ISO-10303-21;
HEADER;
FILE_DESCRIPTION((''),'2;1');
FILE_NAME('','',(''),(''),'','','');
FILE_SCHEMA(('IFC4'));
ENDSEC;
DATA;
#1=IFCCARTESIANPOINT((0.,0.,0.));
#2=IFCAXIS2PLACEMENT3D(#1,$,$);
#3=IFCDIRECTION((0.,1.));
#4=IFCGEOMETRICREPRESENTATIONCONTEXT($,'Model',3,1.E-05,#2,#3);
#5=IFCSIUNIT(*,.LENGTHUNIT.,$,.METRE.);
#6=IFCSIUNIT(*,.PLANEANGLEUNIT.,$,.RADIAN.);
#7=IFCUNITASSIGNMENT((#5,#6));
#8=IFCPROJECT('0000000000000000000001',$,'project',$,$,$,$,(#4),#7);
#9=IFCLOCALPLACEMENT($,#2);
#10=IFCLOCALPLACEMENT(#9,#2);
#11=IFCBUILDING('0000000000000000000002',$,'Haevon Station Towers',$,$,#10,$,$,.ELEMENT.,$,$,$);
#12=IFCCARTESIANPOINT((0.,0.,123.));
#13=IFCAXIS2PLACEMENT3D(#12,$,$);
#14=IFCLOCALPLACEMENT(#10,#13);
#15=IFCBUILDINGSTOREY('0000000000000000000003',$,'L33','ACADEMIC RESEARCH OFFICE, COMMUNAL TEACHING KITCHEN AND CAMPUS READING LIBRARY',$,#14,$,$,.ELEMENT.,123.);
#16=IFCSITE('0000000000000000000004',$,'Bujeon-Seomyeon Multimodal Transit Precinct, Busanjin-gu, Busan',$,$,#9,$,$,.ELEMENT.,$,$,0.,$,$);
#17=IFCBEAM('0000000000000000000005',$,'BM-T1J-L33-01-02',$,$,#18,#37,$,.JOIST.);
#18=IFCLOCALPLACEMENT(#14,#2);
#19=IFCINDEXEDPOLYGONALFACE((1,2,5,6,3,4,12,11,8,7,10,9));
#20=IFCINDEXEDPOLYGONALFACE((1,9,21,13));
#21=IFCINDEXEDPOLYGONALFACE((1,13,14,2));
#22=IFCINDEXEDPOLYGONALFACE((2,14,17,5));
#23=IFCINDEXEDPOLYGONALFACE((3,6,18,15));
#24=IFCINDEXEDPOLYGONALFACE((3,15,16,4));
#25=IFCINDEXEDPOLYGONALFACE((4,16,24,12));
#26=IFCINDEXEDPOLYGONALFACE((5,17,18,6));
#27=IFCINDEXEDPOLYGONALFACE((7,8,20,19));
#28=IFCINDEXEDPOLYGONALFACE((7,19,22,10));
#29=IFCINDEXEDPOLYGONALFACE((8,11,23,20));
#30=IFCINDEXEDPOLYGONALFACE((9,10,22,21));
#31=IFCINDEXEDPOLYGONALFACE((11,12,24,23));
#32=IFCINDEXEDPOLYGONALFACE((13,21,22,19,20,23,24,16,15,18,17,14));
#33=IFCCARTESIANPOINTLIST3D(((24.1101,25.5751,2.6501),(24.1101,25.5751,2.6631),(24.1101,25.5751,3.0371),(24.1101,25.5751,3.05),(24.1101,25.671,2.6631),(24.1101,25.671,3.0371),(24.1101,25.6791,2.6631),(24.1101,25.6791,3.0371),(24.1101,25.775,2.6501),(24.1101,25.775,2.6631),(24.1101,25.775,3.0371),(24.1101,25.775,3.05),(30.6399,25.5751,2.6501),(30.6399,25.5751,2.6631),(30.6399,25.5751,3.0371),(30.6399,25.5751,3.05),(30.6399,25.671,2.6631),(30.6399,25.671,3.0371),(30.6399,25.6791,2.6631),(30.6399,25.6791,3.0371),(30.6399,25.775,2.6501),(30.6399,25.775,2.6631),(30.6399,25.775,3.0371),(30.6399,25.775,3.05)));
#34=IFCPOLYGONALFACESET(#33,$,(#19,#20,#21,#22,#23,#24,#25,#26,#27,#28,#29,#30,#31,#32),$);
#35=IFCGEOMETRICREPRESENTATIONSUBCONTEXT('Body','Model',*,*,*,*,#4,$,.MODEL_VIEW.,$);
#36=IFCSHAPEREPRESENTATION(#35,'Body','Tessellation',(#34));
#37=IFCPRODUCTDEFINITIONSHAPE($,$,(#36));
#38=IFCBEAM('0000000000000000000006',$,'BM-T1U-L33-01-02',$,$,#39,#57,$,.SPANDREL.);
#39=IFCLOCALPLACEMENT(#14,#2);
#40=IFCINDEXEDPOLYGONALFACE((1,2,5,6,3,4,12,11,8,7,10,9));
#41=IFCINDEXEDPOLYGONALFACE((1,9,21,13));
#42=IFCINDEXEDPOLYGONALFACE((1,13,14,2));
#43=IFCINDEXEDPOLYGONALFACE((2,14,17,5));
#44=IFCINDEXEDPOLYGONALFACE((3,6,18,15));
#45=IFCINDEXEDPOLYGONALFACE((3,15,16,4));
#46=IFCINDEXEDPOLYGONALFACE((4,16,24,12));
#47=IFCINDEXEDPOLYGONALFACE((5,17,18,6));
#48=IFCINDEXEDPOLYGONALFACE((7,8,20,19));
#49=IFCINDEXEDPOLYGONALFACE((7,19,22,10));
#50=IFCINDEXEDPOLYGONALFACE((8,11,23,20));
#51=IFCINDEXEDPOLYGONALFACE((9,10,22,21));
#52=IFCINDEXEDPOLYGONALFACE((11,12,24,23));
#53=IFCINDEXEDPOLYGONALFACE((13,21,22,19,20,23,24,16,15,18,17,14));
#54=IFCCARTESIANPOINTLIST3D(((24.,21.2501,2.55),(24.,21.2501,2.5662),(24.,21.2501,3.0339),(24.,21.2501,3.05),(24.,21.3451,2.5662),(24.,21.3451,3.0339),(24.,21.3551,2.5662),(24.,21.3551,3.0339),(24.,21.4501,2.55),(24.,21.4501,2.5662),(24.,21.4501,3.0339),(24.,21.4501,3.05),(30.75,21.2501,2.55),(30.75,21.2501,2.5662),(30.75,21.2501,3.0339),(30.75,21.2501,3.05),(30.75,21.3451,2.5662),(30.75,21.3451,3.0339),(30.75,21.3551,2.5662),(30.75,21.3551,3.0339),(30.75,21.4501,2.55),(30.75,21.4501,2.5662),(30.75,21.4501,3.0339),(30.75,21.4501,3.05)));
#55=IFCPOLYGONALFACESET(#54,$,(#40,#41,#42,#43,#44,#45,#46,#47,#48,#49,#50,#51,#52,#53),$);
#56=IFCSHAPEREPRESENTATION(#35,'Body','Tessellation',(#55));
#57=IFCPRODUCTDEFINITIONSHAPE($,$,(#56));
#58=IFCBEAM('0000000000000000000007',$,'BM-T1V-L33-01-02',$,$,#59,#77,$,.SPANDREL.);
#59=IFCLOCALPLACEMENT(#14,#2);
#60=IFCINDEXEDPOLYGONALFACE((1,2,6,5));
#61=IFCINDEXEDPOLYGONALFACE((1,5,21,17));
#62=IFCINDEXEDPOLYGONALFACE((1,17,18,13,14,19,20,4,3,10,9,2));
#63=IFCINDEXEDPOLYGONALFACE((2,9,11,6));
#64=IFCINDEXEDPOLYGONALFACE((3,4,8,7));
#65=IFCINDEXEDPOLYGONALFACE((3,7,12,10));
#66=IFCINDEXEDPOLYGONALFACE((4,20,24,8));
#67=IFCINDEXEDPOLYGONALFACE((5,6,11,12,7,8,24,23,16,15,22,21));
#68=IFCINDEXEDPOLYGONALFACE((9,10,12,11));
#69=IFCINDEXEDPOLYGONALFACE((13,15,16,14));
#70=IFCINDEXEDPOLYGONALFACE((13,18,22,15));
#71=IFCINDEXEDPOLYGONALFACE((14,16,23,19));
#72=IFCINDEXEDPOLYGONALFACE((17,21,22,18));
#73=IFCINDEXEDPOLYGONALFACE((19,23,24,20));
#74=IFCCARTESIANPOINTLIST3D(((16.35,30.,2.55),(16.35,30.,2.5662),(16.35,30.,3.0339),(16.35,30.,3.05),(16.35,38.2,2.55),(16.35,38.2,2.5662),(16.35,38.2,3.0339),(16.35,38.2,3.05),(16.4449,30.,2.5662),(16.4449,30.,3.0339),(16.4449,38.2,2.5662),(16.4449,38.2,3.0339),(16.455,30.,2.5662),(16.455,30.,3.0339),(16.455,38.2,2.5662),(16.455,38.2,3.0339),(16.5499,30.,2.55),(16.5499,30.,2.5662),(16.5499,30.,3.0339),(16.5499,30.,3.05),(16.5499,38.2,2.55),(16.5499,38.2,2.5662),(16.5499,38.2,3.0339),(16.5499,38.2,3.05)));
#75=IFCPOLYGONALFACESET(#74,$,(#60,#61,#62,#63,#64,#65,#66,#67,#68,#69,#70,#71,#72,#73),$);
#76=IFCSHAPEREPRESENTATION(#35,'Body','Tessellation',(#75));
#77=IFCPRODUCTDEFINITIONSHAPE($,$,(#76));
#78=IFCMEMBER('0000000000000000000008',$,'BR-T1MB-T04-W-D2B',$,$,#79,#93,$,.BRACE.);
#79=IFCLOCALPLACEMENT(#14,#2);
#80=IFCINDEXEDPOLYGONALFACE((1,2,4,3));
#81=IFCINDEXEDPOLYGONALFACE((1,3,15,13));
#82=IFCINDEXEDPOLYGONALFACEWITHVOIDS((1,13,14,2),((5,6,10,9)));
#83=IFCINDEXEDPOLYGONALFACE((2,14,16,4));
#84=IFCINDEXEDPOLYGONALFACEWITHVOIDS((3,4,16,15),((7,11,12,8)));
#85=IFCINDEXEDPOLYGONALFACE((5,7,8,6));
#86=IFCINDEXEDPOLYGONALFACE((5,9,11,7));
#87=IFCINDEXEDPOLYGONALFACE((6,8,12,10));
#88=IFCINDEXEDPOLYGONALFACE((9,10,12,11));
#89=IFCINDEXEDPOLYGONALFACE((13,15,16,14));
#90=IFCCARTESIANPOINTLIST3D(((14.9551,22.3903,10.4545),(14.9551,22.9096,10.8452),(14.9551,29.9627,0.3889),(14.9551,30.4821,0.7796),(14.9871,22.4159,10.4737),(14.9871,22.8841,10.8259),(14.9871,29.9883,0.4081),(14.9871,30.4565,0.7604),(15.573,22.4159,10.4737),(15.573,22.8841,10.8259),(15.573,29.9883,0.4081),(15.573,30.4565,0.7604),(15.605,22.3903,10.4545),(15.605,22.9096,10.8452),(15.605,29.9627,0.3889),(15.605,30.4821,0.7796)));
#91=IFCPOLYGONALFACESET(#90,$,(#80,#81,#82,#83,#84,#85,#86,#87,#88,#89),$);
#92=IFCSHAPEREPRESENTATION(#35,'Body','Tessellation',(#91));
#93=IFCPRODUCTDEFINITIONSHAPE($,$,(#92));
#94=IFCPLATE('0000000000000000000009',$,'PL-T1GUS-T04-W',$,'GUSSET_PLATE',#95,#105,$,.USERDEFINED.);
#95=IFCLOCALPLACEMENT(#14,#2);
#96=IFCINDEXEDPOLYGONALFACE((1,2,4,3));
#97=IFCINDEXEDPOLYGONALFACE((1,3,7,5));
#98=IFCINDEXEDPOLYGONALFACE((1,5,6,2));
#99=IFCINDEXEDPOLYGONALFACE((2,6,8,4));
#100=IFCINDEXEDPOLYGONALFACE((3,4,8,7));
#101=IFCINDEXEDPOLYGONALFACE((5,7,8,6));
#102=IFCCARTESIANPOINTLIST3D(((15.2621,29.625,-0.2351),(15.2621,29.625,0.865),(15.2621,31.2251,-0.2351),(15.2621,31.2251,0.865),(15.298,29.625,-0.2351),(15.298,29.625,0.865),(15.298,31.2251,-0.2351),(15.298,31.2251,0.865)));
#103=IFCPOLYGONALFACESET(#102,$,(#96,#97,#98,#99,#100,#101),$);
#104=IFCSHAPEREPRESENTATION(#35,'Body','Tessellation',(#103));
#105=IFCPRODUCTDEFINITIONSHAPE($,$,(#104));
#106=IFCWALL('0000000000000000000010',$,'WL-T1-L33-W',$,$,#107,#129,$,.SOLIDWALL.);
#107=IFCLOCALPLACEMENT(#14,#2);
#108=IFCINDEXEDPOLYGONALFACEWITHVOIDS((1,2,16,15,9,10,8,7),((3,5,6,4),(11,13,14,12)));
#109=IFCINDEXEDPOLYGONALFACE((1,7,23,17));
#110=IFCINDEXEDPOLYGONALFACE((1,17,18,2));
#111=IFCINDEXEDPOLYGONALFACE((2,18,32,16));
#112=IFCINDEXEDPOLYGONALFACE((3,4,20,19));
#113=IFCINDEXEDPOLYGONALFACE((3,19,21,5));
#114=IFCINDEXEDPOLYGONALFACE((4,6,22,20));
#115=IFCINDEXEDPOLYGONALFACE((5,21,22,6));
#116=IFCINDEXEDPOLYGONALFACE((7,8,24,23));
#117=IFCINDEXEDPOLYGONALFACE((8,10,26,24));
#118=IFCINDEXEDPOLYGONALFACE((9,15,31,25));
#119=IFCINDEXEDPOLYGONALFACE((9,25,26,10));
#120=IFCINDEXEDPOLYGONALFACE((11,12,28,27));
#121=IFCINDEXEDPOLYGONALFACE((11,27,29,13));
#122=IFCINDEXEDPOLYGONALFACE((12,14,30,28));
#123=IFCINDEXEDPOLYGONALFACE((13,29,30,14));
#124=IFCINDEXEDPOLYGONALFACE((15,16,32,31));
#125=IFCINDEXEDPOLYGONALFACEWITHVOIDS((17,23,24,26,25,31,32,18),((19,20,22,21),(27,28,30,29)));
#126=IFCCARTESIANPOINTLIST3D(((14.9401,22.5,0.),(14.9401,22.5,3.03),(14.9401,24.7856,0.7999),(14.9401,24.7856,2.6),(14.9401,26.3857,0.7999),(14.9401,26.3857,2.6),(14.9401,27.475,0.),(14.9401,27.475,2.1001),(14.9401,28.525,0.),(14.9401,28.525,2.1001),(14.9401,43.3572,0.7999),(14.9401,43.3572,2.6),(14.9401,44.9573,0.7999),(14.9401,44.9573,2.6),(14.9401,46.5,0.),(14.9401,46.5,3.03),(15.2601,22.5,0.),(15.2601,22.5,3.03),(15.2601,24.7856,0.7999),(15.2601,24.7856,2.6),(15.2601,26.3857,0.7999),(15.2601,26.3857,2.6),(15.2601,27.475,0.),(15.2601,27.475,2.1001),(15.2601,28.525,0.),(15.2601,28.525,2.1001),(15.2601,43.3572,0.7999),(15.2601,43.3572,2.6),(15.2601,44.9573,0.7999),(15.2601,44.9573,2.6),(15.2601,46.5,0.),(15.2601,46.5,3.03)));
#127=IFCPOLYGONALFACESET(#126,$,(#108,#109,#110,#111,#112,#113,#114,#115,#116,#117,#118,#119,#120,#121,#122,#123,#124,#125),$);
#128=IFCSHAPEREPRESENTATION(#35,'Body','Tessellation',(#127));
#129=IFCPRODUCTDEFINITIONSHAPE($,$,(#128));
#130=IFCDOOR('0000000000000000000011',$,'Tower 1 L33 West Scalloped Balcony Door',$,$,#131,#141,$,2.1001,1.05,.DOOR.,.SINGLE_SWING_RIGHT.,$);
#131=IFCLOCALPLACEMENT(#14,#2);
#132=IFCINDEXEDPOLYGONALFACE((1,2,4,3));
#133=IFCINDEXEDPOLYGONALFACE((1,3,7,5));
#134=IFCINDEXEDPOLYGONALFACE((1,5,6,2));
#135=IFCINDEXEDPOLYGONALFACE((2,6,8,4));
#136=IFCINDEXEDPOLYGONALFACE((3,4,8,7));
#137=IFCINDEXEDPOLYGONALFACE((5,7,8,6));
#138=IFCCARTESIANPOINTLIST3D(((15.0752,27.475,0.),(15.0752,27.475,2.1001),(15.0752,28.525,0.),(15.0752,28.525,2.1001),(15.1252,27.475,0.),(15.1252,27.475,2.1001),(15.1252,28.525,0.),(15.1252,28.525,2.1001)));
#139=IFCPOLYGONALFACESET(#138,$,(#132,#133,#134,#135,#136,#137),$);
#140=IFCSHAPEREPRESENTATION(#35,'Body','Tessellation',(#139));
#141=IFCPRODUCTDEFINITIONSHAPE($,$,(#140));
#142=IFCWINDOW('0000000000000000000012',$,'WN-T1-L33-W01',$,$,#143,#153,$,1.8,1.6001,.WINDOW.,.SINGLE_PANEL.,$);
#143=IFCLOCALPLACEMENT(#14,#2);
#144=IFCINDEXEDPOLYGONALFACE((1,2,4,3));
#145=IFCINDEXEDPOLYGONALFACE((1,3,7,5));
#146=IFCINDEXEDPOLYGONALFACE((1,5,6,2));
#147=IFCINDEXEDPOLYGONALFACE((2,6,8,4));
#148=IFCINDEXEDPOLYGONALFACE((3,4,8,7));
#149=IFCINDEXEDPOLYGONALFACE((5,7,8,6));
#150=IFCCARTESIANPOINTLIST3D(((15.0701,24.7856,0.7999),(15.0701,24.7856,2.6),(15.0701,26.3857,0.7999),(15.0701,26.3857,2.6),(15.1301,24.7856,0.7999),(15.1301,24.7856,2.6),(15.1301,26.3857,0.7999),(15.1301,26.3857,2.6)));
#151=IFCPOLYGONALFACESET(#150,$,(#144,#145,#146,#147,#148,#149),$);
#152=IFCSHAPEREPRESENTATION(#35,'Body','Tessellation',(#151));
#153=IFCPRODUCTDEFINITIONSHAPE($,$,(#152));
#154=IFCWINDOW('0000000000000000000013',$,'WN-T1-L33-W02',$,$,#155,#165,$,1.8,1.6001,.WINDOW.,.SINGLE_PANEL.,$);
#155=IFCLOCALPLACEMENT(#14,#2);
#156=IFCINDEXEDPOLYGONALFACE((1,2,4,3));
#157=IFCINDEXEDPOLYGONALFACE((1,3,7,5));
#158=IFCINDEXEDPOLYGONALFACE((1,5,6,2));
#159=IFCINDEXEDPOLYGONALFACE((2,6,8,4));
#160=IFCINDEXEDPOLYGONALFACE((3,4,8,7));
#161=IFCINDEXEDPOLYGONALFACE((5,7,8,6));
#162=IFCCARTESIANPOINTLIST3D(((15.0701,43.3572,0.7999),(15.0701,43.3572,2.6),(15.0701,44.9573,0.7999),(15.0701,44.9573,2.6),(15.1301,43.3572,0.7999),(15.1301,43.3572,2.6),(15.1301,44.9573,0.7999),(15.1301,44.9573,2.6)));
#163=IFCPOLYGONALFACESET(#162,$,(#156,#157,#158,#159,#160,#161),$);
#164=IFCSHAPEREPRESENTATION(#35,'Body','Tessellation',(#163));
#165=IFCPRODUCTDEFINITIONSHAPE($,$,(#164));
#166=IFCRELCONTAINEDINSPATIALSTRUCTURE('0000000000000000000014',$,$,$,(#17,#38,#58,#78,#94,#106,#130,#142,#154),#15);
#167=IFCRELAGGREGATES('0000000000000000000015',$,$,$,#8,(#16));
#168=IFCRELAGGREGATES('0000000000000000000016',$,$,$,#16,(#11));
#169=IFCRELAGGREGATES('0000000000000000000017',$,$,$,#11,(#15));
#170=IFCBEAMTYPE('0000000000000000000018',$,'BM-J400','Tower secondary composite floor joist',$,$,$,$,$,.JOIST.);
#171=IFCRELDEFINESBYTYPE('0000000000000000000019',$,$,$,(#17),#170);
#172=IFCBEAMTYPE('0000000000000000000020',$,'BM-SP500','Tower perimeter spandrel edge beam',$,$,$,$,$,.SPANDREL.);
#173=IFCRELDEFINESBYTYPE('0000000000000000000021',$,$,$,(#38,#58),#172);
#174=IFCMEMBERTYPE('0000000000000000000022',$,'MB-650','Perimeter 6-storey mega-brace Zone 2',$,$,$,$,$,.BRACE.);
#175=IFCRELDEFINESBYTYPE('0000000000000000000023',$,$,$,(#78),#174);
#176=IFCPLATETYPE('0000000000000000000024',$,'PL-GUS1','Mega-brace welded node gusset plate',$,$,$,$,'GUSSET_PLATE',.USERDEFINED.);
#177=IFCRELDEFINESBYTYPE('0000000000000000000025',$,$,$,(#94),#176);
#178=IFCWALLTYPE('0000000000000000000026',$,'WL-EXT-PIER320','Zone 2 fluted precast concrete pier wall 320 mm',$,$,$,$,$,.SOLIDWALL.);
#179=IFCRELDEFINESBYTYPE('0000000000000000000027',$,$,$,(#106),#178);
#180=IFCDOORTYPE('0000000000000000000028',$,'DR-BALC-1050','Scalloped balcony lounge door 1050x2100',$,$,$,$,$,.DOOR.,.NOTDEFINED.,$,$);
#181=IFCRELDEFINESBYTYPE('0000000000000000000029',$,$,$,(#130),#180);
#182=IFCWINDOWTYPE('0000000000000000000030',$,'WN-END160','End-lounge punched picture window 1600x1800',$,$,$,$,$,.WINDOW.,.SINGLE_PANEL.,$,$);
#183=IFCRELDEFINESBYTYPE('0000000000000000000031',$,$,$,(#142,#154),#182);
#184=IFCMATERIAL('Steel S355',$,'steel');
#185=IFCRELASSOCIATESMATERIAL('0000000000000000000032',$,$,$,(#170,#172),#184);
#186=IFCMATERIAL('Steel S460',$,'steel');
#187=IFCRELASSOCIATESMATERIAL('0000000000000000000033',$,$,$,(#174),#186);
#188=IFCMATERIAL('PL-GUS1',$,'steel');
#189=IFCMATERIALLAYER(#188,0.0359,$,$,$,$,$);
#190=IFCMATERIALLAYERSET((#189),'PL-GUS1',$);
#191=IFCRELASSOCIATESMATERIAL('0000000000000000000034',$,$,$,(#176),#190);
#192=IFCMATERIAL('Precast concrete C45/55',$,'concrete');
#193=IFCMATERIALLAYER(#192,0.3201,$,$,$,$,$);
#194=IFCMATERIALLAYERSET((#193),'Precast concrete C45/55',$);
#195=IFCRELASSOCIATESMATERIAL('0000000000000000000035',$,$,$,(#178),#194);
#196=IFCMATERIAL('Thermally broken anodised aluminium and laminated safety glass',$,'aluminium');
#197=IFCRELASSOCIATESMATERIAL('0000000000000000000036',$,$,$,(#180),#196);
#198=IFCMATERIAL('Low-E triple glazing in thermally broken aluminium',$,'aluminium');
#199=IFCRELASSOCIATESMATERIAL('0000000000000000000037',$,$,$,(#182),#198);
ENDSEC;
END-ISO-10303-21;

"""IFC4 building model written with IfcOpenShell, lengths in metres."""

from ifc_helpers import new_model, si_unit, direction, frame, frame_2d, origin, origin_2d, place, context, subcontext, project, spatial, rectangle, hollow_rectangle, i_section, extrude, material, layer, layer_set, material_profile, profile_set, type_object, element, fill, save


model = new_model("IFC4")

# Units and contexts
model_context = context("Model", 3, precision=1e-05, world=origin(), true_north=direction((0.0, 1.0)))
body_context = subcontext(model_context, "Body", "Model", "MODEL_VIEW")
ifc_project = project(units=[si_unit("LENGTHUNIT", "METRE"), si_unit("PLANEANGLEUNIT", "RADIAN")], contexts=[model_context])

# Site, building, storey
site_placement = place(None, origin())
site = spatial("IfcSite", under=ifc_project, at=site_placement, Name="Bujeon-Seomyeon Multimodal Transit Precinct, Busanjin-gu, Busan", CompositionType="ELEMENT", RefElevation=0.0)
building_placement = place(site_placement, origin())
building = spatial("IfcBuilding", under=site, at=building_placement, Name="Haevon Station Towers", CompositionType="ELEMENT")
storey_placement = place(building_placement, frame((0.0, 0.0, 123.0)))
storey = spatial("IfcBuildingStorey", under=building, at=storey_placement, Name="L33", Description="ACADEMIC RESEARCH OFFICE, COMMUNAL TEACHING KITCHEN AND CAMPUS READING LIBRARY", CompositionType="ELEMENT", Elevation=123.0)

# Shared definitions
ifc_material_1 = material(Name="Steel S460", Category="steel")

# Beams
ifc_material_2 = material(Name="Steel S355", Category="steel")
ifc_material_profile_1 = material_profile(ifc_material_2, i_section(OverallWidth=0.2, OverallDepth=0.3999, WebThickness=0.0081, FlangeThickness=0.0129, at=origin_2d()), Name="H-400x200x8x13")
ifc_profile_set_1 = profile_set([ifc_material_profile_1], Name="Steel S355")
beam_type_1 = type_object("IfcBeamType", Name="BM-J400", Description="Tower secondary composite floor joist", PredefinedType="JOIST", material=ifc_profile_set_1)
beam_1_placement = place(storey_placement, frame((24.1101, 25.675, 2.8501), z_axis=(1.0, 0.0, 0.0), x_axis=(0.0, 1.0, 0.0)))
element("IfcBeam", 1, at=beam_1_placement, inside=storey, type_object=beam_type_1, Name="BM-T1J-L33-01-02", PredefinedType="JOIST", context=body_context, shape_type="SweptSolid", body=[
    extrude(i_section(OverallWidth=0.2, OverallDepth=0.3999, WebThickness=0.0081, FlangeThickness=0.0129, at=origin_2d()), origin(), (0.0, 0.0, 1.0), 6.5298),
])
ifc_material_profile_2 = material_profile(ifc_material_2, i_section(OverallWidth=0.2, OverallDepth=0.5, WebThickness=0.01, FlangeThickness=0.0161, at=origin_2d()), Name="H-500x200x10x16")
ifc_profile_set_2 = profile_set([ifc_material_profile_2], Name="Steel S355")
beam_type_2 = type_object("IfcBeamType", Name="BM-SP500", Description="Tower perimeter spandrel edge beam", PredefinedType="SPANDREL", material=ifc_profile_set_2)
beam_2_placement = place(storey_placement, frame((24.0, 21.3501, 2.8), z_axis=(1.0, 0.0, 0.0), x_axis=(0.0, 1.0, 0.0)))
element("IfcBeam", 2, at=beam_2_placement, inside=storey, type_object=beam_type_2, Name="BM-T1U-L33-01-02", PredefinedType="SPANDREL", context=body_context, shape_type="SweptSolid", body=[
    extrude(i_section(OverallWidth=0.2, OverallDepth=0.5, WebThickness=0.01, FlangeThickness=0.0161, at=origin_2d()), origin(), (0.0, 0.0, 1.0), 6.75),
])
beam_3_placement = place(storey_placement, frame((16.45, 30.0, 2.8), z_axis=(0.0, 1.0, 0.0), x_axis=(-1.0, 0.0, 0.0)))
element("IfcBeam", 3, at=beam_3_placement, inside=storey, type_object=beam_type_2, Name="BM-T1V-L33-01-02", PredefinedType="SPANDREL", context=body_context, shape_type="SweptSolid", body=[
    extrude(i_section(OverallWidth=0.2, OverallDepth=0.5, WebThickness=0.01, FlangeThickness=0.0161, at=origin_2d()), origin(), (0.0, 0.0, 1.0), 8.2),
])

# Member
ifc_material_profile_3 = material_profile(ifc_material_1, hollow_rectangle(XDim=0.6499, YDim=0.6499, WallThickness=0.032, at=origin_2d()), Name="RHS-650x650x32")
ifc_profile_set_3 = profile_set([ifc_material_profile_3], Name="Steel S460")
member_type = type_object("IfcMemberType", Name="MB-650", Description="Perimeter 6-storey mega-brace Zone 2", PredefinedType="BRACE", material=ifc_profile_set_3)
member_placement = place(storey_placement, frame((15.28, 30.2224, 0.5842), z_axis=(0.0, -0.601181, 0.799113), x_axis=(1.0, 0.0, 0.0)))
element("IfcMember", 4, at=member_placement, inside=storey, type_object=member_type, Name="BR-T1MB-T04-W-D2B", PredefinedType="BRACE", context=body_context, shape_type="SweptSolid", body=[
    extrude(hollow_rectangle(XDim=0.6499, YDim=0.6499, WallThickness=0.032, at=origin_2d()), origin(), (0.0, 0.0, 1.0), 12.5959),
])

# Plate
ifc_material_3 = material(Name="PL-GUS1", Category="steel")
ifc_layer_1 = layer(ifc_material_3, 0.0359)
ifc_layer_set_1 = layer_set([ifc_layer_1], Name="PL-GUS1")
plate_type = type_object("IfcPlateType", Name="PL-GUS1", Description="Mega-brace welded node gusset plate", ElementType="GUSSET_PLATE", PredefinedType="USERDEFINED", material=ifc_layer_set_1)
plate_placement = place(storey_placement, frame((15.28, 30.425, -0.2351), z_axis=(0.0, 0.0, 1.0), x_axis=(0.0, 1.0, 0.0)))
element("IfcPlate", 5, at=plate_placement, inside=storey, type_object=plate_type, Name="PL-T1GUS-T04-W", ObjectType="GUSSET_PLATE", PredefinedType="USERDEFINED", context=body_context, shape_type="SweptSolid", body=[
    extrude(rectangle(XDim=1.6001, YDim=0.0359, at=origin_2d()), origin(), (0.0, 0.0, 1.0), 1.1001),
])

# Wall, openings, door, windows
ifc_material_4 = material(Name="Precast concrete C45/55", Category="concrete")
ifc_layer_2 = layer(ifc_material_4, 0.3201)
ifc_layer_set_2 = layer_set([ifc_layer_2], Name="Precast concrete C45/55")
wall_type_1 = type_object("IfcWallType", Name="WL-EXT-PIER320", Description="Zone 2 fluted precast concrete pier wall 320 mm", PredefinedType="SOLIDWALL", material=ifc_layer_set_2)
wall_1_placement = place(storey_placement, frame((15.1001, 22.5, 0.0), z_axis=(0.0, 0.0, 1.0), x_axis=(0.0, 1.0, 0.0)))
wall_1 = element("IfcWall", 6, at=wall_1_placement, inside=storey, type_object=wall_type_1, Name="WL-T1-L33-W", PredefinedType="SOLIDWALL", context=body_context, shape_type="SweptSolid", body=[
    extrude(rectangle(XDim=24.0, YDim=0.3201, at=frame_2d((12.0, 0.0))), origin(), (0.0, 0.0, 1.0), 3.03),
])
opening_1_placement = place(wall_1_placement, frame((4.9751, 0.0, 0.0)))
opening_1 = element("IfcOpeningElement", 7, at=opening_1_placement, cuts=wall_1, PredefinedType="OPENING", context=body_context, shape_type="SweptSolid", body=[
    extrude(rectangle(XDim=1.05, YDim=2.1001, at=frame_2d((0.5249, 1.05))), frame((0.0, 0.1699, 0.0), z_axis=(0.0, -1.0, 0.0), x_axis=(1.0, 0.0, 0.0)), (0.0, 0.0, 1.0), 0.3401),
])
opening_2_placement = place(wall_1_placement, frame((2.2856, 0.0, 0.8)))
opening_2 = element("IfcOpeningElement", 8, at=opening_2_placement, cuts=wall_1, PredefinedType="OPENING", context=body_context, shape_type="SweptSolid", body=[
    extrude(rectangle(XDim=1.6001, YDim=1.8, at=frame_2d((0.8, 0.8999))), frame((0.0, 0.1699, 0.0), z_axis=(0.0, -1.0, 0.0), x_axis=(1.0, 0.0, 0.0)), (0.0, 0.0, 1.0), 0.3401),
])
opening_3_placement = place(wall_1_placement, frame((20.8572, 0.0, 0.8)))
opening_3 = element("IfcOpeningElement", 9, at=opening_3_placement, cuts=wall_1, PredefinedType="OPENING", context=body_context, shape_type="SweptSolid", body=[
    extrude(rectangle(XDim=1.6001, YDim=1.8, at=frame_2d((0.8, 0.8999))), frame((0.0, 0.1699, 0.0), z_axis=(0.0, -1.0, 0.0), x_axis=(1.0, 0.0, 0.0)), (0.0, 0.0, 1.0), 0.3401),
])
ifc_material_5 = material(Name="Thermally broken anodised aluminium and laminated safety glass", Category="aluminium")
door_type = type_object("IfcDoorType", Name="DR-BALC-1050", Description="Scalloped balcony lounge door 1050x2100", OperationType="NOTDEFINED", PredefinedType="DOOR", material=ifc_material_5)
door_placement = place(opening_1_placement, origin())
door = element("IfcDoor", 10, at=door_placement, inside=storey, type_object=door_type, Name="Tower 1 L33 West Scalloped Balcony Door", OperationType="SINGLE_SWING_RIGHT", OverallHeight=2.1001, OverallWidth=1.05, PredefinedType="DOOR", context=body_context, shape_type="SweptSolid", body=[
    extrude(rectangle(XDim=1.05, YDim=2.1001, at=frame_2d((0.5249, 1.05))), frame((0.0, 0.0249, 0.0), z_axis=(0.0, -1.0, 0.0), x_axis=(1.0, 0.0, 0.0)), (0.0, 0.0, 1.0), 0.05),
])
fill(opening_1, door)
ifc_material_6 = material(Name="Low-E triple glazing in thermally broken aluminium", Category="aluminium")
window_type = type_object("IfcWindowType", Name="WN-END160", Description="End-lounge punched picture window 1600x1800", PartitioningType="SINGLE_PANEL", PredefinedType="WINDOW", material=ifc_material_6)
window_1_placement = place(opening_2_placement, origin())
window_1 = element("IfcWindow", 11, at=window_1_placement, inside=storey, type_object=window_type, Name="WN-T1-L33-W01", OverallHeight=1.8, OverallWidth=1.6001, PartitioningType="SINGLE_PANEL", PredefinedType="WINDOW", context=body_context, shape_type="SweptSolid", body=[
    extrude(rectangle(XDim=1.6001, YDim=1.8, at=frame_2d((0.8, 0.8999))), frame((0.0, 0.03, 0.0), z_axis=(0.0, -1.0, 0.0), x_axis=(1.0, 0.0, 0.0)), (0.0, 0.0, 1.0), 0.0601),
])
fill(opening_2, window_1)
window_2_placement = place(opening_3_placement, origin())
window_2 = element("IfcWindow", 12, at=window_2_placement, inside=storey, type_object=window_type, Name="WN-T1-L33-W02", OverallHeight=1.8, OverallWidth=1.6001, PartitioningType="SINGLE_PANEL", PredefinedType="WINDOW", context=body_context, shape_type="SweptSolid", body=[
    extrude(rectangle(XDim=1.6001, YDim=1.8, at=frame_2d((0.8, 0.8999))), frame((0.0, 0.03, 0.0), z_axis=(0.0, -1.0, 0.0), x_axis=(1.0, 0.0, 0.0)), (0.0, 0.0, 1.0), 0.0601),
])
fill(opening_3, window_2)

save(model, "model.ifc")
